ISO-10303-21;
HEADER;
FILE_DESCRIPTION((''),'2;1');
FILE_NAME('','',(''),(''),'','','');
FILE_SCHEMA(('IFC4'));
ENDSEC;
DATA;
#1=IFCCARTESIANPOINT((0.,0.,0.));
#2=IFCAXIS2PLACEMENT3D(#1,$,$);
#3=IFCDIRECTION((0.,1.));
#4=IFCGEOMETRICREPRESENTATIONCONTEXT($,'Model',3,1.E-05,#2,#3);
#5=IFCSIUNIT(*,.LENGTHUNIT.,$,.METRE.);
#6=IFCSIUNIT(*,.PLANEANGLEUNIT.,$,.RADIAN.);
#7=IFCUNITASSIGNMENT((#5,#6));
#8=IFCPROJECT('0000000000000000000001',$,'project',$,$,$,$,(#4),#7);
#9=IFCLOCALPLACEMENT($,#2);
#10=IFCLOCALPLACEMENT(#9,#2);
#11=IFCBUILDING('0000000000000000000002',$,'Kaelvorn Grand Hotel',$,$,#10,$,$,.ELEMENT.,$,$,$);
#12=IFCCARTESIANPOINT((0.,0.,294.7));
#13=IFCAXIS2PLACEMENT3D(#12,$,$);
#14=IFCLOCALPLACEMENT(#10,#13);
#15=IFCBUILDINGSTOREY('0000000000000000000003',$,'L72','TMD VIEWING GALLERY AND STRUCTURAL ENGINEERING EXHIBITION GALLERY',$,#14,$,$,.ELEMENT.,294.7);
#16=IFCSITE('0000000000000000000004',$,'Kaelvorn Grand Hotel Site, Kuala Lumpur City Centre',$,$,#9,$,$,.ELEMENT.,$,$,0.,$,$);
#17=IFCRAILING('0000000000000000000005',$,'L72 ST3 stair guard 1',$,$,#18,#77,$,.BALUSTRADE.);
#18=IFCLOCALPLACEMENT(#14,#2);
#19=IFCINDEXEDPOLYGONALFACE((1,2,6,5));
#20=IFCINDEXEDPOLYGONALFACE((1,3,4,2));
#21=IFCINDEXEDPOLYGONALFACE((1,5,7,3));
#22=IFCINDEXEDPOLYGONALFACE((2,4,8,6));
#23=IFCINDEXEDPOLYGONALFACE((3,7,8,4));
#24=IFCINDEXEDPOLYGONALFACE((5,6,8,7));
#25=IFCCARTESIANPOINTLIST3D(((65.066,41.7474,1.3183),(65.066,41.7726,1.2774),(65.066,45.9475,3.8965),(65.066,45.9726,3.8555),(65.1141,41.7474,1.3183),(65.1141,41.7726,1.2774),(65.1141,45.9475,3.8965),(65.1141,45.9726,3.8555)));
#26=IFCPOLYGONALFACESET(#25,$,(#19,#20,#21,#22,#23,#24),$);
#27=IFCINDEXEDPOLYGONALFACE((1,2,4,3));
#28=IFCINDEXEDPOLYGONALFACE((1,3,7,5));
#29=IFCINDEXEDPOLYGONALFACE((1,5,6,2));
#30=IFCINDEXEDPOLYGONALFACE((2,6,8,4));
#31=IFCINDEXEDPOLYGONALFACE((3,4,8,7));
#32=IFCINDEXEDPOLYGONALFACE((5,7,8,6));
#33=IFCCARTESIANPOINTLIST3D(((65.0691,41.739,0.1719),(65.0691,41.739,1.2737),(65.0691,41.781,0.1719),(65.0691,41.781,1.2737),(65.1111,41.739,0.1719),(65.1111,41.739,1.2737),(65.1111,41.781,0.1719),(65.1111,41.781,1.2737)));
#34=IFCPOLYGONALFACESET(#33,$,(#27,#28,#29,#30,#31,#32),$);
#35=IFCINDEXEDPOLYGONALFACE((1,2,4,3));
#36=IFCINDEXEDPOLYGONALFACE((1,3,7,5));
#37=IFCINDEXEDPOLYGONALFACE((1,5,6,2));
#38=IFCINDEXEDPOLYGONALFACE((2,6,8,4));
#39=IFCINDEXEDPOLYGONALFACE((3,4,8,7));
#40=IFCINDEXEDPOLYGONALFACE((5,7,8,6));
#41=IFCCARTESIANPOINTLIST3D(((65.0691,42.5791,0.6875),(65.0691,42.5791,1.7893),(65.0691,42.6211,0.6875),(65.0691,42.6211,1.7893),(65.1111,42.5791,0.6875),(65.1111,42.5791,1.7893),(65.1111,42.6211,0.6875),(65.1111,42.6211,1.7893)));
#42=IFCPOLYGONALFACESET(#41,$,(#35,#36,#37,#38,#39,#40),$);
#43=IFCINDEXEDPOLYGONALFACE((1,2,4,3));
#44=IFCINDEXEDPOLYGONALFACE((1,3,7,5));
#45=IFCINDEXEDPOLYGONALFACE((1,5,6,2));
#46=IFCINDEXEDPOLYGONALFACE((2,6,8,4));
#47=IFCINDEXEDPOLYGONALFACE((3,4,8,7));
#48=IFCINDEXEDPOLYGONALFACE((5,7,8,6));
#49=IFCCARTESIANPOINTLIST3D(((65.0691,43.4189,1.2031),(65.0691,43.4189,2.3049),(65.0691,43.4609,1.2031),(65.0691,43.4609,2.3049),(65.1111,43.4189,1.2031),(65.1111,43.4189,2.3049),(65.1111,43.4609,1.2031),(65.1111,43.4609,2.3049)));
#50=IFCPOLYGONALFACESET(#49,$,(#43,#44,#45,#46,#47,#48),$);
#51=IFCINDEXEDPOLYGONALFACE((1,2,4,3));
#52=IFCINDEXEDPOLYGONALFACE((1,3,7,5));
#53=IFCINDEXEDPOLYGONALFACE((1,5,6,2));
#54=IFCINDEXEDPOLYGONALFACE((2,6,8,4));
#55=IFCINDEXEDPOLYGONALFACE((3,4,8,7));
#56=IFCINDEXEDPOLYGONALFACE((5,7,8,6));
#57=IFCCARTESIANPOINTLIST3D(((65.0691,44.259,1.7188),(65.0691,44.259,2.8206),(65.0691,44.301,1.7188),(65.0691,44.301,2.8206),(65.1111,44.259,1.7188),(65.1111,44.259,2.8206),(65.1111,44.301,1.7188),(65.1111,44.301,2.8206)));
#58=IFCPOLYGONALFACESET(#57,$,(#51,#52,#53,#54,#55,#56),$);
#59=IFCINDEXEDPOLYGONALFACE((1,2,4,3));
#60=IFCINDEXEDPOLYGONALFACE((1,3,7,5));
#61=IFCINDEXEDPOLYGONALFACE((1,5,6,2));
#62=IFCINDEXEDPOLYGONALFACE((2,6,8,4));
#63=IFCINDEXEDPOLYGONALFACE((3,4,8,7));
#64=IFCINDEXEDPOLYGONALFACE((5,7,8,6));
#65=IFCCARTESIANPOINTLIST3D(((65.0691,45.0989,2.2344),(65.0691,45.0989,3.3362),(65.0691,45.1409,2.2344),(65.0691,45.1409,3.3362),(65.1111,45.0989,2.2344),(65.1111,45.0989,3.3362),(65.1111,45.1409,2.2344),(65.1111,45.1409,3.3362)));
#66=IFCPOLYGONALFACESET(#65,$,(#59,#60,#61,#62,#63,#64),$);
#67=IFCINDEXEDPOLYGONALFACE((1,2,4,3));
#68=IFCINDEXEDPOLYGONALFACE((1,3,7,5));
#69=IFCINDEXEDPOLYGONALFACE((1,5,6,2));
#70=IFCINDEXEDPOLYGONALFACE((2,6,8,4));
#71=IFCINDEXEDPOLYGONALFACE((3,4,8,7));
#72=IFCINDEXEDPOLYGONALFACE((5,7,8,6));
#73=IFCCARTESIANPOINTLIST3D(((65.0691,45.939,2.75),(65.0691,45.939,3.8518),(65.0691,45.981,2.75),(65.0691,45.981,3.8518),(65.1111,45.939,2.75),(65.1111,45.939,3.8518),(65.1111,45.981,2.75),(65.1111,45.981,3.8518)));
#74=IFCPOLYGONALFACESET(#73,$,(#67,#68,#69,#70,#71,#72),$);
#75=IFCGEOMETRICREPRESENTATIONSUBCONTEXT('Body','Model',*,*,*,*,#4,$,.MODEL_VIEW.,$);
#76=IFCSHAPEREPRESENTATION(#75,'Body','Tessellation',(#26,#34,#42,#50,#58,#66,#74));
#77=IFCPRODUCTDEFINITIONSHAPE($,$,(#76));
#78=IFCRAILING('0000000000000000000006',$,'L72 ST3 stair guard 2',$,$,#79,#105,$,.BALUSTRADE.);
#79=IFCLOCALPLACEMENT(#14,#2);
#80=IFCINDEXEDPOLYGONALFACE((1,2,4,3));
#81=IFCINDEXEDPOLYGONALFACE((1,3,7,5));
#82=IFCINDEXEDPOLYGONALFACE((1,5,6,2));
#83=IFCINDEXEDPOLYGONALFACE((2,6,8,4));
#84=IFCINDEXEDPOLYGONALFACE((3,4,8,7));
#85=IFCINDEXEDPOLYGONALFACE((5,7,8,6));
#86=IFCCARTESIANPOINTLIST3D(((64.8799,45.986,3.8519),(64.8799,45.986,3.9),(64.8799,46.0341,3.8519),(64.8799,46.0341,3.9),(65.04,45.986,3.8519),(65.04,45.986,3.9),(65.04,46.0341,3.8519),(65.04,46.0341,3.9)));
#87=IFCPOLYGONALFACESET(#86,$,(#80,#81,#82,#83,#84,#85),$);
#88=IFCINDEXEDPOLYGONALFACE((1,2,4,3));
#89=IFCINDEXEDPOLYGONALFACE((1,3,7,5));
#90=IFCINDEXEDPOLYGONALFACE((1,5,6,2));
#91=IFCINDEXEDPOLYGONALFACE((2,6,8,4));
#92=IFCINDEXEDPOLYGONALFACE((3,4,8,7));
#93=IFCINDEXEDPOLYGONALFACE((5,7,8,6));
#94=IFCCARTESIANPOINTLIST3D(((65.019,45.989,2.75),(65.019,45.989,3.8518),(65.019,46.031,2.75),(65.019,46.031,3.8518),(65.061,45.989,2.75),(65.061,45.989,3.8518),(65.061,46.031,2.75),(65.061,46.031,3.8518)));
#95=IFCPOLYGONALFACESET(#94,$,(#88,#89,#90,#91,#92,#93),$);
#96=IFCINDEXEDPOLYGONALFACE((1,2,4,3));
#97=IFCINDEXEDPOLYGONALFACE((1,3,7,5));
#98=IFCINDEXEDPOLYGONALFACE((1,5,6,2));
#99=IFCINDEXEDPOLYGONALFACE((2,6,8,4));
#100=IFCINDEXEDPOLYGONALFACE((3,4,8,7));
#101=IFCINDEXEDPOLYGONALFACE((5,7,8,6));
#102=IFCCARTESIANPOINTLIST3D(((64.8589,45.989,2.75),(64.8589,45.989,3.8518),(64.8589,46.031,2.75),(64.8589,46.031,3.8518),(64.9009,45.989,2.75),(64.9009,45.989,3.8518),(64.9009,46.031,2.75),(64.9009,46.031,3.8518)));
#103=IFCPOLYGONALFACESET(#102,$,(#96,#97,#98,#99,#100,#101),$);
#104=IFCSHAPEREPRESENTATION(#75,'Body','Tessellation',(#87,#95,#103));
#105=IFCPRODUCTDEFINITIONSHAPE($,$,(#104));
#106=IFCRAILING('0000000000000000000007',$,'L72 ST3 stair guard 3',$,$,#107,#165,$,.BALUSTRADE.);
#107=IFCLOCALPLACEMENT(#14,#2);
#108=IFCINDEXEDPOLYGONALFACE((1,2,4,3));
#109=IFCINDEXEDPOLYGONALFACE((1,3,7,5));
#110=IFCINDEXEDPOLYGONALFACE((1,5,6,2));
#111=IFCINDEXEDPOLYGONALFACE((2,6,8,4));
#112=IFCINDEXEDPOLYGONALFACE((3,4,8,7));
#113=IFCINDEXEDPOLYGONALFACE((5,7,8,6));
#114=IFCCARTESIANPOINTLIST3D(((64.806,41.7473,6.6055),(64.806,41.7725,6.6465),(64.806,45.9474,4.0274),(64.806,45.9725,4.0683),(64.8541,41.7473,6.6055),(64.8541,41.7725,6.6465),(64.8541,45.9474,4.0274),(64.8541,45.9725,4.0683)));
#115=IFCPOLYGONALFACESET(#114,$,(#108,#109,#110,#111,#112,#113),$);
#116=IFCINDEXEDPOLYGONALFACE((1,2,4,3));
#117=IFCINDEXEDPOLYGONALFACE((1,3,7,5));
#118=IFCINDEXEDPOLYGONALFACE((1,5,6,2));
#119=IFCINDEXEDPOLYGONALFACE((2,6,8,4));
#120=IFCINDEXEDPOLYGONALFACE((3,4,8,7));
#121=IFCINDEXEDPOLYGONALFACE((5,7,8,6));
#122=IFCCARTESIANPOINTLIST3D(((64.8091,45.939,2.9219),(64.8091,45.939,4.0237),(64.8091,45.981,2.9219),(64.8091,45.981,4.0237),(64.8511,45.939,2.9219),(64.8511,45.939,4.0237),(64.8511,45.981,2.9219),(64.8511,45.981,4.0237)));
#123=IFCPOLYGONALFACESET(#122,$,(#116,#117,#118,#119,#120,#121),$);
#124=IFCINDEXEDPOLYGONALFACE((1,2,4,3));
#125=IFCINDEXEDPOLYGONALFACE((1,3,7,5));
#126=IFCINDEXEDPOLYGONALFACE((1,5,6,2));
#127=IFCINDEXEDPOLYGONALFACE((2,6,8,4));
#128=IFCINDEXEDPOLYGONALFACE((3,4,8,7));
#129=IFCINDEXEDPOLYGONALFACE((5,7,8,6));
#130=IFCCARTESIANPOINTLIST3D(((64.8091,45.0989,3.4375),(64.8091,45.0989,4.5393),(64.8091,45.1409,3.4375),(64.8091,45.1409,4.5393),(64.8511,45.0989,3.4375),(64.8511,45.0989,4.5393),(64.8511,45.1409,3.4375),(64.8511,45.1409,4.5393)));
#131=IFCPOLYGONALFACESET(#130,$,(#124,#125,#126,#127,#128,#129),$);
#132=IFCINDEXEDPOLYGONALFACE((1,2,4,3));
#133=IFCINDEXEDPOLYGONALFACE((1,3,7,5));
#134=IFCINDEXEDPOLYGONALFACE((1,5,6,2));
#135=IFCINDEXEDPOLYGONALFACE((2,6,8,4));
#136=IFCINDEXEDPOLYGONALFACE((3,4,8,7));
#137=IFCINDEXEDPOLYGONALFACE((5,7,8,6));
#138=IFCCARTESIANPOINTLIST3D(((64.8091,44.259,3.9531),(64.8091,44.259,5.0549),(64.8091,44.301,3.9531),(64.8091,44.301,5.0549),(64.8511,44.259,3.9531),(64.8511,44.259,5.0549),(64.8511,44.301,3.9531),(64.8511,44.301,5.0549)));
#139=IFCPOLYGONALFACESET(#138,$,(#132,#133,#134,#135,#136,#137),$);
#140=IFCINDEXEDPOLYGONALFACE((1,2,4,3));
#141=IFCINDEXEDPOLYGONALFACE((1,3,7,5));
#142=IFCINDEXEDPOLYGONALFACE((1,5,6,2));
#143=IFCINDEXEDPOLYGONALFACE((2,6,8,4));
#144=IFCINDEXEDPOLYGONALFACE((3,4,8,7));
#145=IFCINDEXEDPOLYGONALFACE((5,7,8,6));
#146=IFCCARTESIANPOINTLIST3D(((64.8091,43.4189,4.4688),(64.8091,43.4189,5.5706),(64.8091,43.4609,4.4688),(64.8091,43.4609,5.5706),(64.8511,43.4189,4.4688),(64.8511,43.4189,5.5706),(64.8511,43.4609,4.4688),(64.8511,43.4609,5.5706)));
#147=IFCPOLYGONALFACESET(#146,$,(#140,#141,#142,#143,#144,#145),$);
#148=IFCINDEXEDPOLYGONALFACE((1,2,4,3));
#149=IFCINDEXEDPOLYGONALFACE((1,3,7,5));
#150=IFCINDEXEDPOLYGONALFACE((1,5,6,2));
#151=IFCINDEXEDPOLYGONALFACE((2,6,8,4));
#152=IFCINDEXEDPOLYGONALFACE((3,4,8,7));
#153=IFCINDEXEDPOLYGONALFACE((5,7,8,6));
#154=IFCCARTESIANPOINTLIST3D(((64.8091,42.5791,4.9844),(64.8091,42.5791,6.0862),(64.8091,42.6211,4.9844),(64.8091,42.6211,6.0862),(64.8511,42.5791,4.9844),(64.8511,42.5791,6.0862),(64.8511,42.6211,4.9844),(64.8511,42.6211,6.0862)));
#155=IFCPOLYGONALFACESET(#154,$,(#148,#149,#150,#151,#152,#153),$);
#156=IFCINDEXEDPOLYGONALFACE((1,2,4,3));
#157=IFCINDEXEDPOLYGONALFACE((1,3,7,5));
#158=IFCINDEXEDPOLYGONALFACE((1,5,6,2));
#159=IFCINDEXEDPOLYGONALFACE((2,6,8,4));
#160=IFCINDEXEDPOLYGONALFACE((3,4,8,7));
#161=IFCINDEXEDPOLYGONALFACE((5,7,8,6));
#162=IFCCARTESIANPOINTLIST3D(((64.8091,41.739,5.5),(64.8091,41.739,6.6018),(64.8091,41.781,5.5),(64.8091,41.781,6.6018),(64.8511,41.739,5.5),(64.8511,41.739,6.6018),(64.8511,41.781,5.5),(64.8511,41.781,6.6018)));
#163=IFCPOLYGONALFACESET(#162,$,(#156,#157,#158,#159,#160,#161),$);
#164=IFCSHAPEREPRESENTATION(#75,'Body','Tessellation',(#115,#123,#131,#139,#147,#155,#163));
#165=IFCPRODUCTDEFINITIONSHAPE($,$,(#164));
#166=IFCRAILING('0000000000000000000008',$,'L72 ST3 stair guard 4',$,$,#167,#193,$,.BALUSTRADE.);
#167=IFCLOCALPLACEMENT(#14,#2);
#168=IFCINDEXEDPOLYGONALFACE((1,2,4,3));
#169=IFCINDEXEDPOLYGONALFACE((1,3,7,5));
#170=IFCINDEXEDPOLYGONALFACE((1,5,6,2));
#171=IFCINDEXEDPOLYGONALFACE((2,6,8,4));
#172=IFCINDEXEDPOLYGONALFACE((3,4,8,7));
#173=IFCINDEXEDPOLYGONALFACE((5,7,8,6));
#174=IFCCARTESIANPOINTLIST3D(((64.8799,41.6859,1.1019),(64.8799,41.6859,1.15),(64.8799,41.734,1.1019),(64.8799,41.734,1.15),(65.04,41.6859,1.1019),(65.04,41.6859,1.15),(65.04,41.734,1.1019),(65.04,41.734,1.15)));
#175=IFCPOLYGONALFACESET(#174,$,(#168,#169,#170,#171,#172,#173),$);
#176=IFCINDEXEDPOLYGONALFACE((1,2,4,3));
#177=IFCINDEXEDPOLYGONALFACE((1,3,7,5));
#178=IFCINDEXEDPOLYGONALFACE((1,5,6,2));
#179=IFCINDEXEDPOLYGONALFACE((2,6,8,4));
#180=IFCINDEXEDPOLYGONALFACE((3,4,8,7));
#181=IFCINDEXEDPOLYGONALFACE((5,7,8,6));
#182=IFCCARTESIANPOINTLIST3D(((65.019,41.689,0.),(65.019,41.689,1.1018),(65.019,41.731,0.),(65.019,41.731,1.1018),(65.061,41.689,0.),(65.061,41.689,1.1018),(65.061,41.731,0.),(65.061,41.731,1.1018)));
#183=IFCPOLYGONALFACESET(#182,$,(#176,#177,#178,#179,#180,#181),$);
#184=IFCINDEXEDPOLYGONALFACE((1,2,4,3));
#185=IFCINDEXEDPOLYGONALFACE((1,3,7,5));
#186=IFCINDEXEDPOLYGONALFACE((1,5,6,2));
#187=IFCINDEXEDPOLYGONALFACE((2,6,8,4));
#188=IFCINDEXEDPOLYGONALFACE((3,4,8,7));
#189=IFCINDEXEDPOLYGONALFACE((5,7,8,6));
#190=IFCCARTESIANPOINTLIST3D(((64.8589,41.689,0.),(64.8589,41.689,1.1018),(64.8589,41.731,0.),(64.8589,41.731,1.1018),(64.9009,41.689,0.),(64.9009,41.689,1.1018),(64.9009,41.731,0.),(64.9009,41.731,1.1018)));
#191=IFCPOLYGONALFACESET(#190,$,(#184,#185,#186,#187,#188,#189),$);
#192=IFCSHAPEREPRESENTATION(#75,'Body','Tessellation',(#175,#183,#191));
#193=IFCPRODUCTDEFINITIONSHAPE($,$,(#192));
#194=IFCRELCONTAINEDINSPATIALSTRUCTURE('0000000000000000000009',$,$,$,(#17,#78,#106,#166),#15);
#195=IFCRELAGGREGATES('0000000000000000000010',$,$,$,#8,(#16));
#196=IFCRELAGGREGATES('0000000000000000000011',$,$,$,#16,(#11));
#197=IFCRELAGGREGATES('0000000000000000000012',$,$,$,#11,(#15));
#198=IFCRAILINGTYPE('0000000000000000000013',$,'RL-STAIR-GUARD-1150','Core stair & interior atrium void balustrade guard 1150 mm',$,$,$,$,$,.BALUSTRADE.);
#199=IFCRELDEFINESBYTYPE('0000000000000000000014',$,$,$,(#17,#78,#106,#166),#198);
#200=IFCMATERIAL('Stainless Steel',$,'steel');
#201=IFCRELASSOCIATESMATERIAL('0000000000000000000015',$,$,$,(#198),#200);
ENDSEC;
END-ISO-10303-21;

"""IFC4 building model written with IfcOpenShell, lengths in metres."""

from ifc_helpers import new_model, si_unit, direction, frame, origin, origin_2d, place, context, subcontext, project, spatial, rectangle, extrude, material, type_object, element, save


model = new_model("IFC4")

# Units and contexts
model_context = context("Model", 3, precision=1e-05, world=origin(), true_north=direction((0.0, 1.0)))
body_context = subcontext(model_context, "Body", "Model", "MODEL_VIEW")
ifc_project = project(units=[si_unit("LENGTHUNIT", "METRE"), si_unit("PLANEANGLEUNIT", "RADIAN")], contexts=[model_context])

# Site, building, storey
site_placement = place(None, origin())
site = spatial("IfcSite", under=ifc_project, at=site_placement, Name="Kaelvorn Grand Hotel Site, Kuala Lumpur City Centre", CompositionType="ELEMENT", RefElevation=0.0)
building_placement = place(site_placement, origin())
building = spatial("IfcBuilding", under=site, at=building_placement, Name="Kaelvorn Grand Hotel", CompositionType="ELEMENT")
storey_placement = place(building_placement, frame((0.0, 0.0, 294.7)))
storey = spatial("IfcBuildingStorey", under=building, at=storey_placement, Name="L72", Description="TMD VIEWING GALLERY AND STRUCTURAL ENGINEERING EXHIBITION GALLERY", CompositionType="ELEMENT", Elevation=294.7)

# Shared definitions
ifc_material_1 = material(Name="Stainless Steel", Category="steel")

# Railings
railing_type_1 = type_object("IfcRailingType", Name="RL-STAIR-GUARD-1150", Description="Core stair & interior atrium void balustrade guard 1150 mm", PredefinedType="BALUSTRADE", material=ifc_material_1)
railing_1_placement = place(storey_placement, frame((65.0901, 41.76, 0.1719)))
element("IfcRailing", 1, at=railing_1_placement, inside=storey, type_object=railing_type_1, Name="L72 ST3 stair guard 1", PredefinedType="BALUSTRADE", context=body_context, shape_type="SweptSolid", body=[
    extrude(rectangle(XDim=0.0481, YDim=0.0481, at=origin_2d()), frame((0.0, 0.0, 1.126), z_axis=(0.0, 0.852243, 0.523146), x_axis=(-1.0, 0.0, 0.0)), (0.0, 0.0, 1.0), 4.9282),
    extrude(rectangle(XDim=0.042, YDim=0.042, at=origin_2d()), origin(), (0.0, 0.0, 1.0), 1.1018),
    extrude(rectangle(XDim=0.042, YDim=0.042, at=origin_2d()), frame((0.0, 0.8401, 0.5156)), (0.0, 0.0, 1.0), 1.1018),
    extrude(rectangle(XDim=0.042, YDim=0.042, at=origin_2d()), frame((0.0, 1.6799, 1.0312)), (0.0, 0.0, 1.0), 1.1018),
    extrude(rectangle(XDim=0.042, YDim=0.042, at=origin_2d()), frame((0.0, 2.52, 1.5469)), (0.0, 0.0, 1.0), 1.1018),
    extrude(rectangle(XDim=0.042, YDim=0.042, at=origin_2d()), frame((0.0, 3.3599, 2.0625)), (0.0, 0.0, 1.0), 1.1018),
    extrude(rectangle(XDim=0.042, YDim=0.042, at=origin_2d()), frame((0.0, 4.2, 2.5781)), (0.0, 0.0, 1.0), 1.1018),
])
railing_2_placement = place(storey_placement, frame((65.04, 46.01, 2.75)))
element("IfcRailing", 2, at=railing_2_placement, inside=storey, type_object=railing_type_1, Name="L72 ST3 stair guard 2", PredefinedType="BALUSTRADE", context=body_context, shape_type="SweptSolid", body=[
    extrude(rectangle(XDim=0.0481, YDim=0.0481, at=origin_2d()), frame((0.0, 0.0, 1.126), z_axis=(-1.0, 0.0, 0.0), x_axis=(0.0, -1.0, 0.0)), (0.0, 0.0, 1.0), 0.1602),
    extrude(rectangle(XDim=0.042, YDim=0.042, at=origin_2d()), origin(), (0.0, 0.0, 1.0), 1.1018),
    extrude(rectangle(XDim=0.042, YDim=0.042, at=origin_2d()), frame((-0.1602, 0.0, 0.0)), (0.0, 0.0, 1.0), 1.1018),
])
railing_3_placement = place(storey_placement, frame((64.8301, 45.96, 2.9219)))
element("IfcRailing", 3, at=railing_3_placement, inside=storey, type_object=railing_type_1, Name="L72 ST3 stair guard 3", PredefinedType="BALUSTRADE", context=body_context, shape_type="SweptSolid", body=[
    extrude(rectangle(XDim=0.0481, YDim=0.0481, at=origin_2d()), frame((0.0, 0.0, 1.126), z_axis=(0.0, -0.852243, 0.523146), x_axis=(1.0, 0.0, 0.0)), (0.0, 0.0, 1.0), 4.9282),
    extrude(rectangle(XDim=0.042, YDim=0.042, at=origin_2d()), origin(), (0.0, 0.0, 1.0), 1.1018),
    extrude(rectangle(XDim=0.042, YDim=0.042, at=origin_2d()), frame((0.0, -0.8401, 0.5156)), (0.0, 0.0, 1.0), 1.1018),
    extrude(rectangle(XDim=0.042, YDim=0.042, at=origin_2d()), frame((0.0, -1.6799, 1.0312)), (0.0, 0.0, 1.0), 1.1018),
    extrude(rectangle(XDim=0.042, YDim=0.042, at=origin_2d()), frame((0.0, -2.52, 1.5469)), (0.0, 0.0, 1.0), 1.1018),
    extrude(rectangle(XDim=0.042, YDim=0.042, at=origin_2d()), frame((0.0, -3.3599, 2.0625)), (0.0, 0.0, 1.0), 1.1018),
    extrude(rectangle(XDim=0.042, YDim=0.042, at=origin_2d()), frame((0.0, -4.2, 2.5781)), (0.0, 0.0, 1.0), 1.1018),
])
railing_4_placement = place(storey_placement, frame((65.04, 41.71, 0.0)))
element("IfcRailing", 4, at=railing_4_placement, inside=storey, type_object=railing_type_1, Name="L72 ST3 stair guard 4", PredefinedType="BALUSTRADE", context=body_context, shape_type="SweptSolid", body=[
    extrude(rectangle(XDim=0.0481, YDim=0.0481, at=origin_2d()), frame((0.0, 0.0, 1.126), z_axis=(-1.0, 0.0, 0.0), x_axis=(0.0, -1.0, 0.0)), (0.0, 0.0, 1.0), 0.1602),
    extrude(rectangle(XDim=0.042, YDim=0.042, at=origin_2d()), origin(), (0.0, 0.0, 1.0), 1.1018),
    extrude(rectangle(XDim=0.042, YDim=0.042, at=origin_2d()), frame((-0.1602, 0.0, 0.0)), (0.0, 0.0, 1.0), 1.1018),
])

save(model, "model.ifc")
